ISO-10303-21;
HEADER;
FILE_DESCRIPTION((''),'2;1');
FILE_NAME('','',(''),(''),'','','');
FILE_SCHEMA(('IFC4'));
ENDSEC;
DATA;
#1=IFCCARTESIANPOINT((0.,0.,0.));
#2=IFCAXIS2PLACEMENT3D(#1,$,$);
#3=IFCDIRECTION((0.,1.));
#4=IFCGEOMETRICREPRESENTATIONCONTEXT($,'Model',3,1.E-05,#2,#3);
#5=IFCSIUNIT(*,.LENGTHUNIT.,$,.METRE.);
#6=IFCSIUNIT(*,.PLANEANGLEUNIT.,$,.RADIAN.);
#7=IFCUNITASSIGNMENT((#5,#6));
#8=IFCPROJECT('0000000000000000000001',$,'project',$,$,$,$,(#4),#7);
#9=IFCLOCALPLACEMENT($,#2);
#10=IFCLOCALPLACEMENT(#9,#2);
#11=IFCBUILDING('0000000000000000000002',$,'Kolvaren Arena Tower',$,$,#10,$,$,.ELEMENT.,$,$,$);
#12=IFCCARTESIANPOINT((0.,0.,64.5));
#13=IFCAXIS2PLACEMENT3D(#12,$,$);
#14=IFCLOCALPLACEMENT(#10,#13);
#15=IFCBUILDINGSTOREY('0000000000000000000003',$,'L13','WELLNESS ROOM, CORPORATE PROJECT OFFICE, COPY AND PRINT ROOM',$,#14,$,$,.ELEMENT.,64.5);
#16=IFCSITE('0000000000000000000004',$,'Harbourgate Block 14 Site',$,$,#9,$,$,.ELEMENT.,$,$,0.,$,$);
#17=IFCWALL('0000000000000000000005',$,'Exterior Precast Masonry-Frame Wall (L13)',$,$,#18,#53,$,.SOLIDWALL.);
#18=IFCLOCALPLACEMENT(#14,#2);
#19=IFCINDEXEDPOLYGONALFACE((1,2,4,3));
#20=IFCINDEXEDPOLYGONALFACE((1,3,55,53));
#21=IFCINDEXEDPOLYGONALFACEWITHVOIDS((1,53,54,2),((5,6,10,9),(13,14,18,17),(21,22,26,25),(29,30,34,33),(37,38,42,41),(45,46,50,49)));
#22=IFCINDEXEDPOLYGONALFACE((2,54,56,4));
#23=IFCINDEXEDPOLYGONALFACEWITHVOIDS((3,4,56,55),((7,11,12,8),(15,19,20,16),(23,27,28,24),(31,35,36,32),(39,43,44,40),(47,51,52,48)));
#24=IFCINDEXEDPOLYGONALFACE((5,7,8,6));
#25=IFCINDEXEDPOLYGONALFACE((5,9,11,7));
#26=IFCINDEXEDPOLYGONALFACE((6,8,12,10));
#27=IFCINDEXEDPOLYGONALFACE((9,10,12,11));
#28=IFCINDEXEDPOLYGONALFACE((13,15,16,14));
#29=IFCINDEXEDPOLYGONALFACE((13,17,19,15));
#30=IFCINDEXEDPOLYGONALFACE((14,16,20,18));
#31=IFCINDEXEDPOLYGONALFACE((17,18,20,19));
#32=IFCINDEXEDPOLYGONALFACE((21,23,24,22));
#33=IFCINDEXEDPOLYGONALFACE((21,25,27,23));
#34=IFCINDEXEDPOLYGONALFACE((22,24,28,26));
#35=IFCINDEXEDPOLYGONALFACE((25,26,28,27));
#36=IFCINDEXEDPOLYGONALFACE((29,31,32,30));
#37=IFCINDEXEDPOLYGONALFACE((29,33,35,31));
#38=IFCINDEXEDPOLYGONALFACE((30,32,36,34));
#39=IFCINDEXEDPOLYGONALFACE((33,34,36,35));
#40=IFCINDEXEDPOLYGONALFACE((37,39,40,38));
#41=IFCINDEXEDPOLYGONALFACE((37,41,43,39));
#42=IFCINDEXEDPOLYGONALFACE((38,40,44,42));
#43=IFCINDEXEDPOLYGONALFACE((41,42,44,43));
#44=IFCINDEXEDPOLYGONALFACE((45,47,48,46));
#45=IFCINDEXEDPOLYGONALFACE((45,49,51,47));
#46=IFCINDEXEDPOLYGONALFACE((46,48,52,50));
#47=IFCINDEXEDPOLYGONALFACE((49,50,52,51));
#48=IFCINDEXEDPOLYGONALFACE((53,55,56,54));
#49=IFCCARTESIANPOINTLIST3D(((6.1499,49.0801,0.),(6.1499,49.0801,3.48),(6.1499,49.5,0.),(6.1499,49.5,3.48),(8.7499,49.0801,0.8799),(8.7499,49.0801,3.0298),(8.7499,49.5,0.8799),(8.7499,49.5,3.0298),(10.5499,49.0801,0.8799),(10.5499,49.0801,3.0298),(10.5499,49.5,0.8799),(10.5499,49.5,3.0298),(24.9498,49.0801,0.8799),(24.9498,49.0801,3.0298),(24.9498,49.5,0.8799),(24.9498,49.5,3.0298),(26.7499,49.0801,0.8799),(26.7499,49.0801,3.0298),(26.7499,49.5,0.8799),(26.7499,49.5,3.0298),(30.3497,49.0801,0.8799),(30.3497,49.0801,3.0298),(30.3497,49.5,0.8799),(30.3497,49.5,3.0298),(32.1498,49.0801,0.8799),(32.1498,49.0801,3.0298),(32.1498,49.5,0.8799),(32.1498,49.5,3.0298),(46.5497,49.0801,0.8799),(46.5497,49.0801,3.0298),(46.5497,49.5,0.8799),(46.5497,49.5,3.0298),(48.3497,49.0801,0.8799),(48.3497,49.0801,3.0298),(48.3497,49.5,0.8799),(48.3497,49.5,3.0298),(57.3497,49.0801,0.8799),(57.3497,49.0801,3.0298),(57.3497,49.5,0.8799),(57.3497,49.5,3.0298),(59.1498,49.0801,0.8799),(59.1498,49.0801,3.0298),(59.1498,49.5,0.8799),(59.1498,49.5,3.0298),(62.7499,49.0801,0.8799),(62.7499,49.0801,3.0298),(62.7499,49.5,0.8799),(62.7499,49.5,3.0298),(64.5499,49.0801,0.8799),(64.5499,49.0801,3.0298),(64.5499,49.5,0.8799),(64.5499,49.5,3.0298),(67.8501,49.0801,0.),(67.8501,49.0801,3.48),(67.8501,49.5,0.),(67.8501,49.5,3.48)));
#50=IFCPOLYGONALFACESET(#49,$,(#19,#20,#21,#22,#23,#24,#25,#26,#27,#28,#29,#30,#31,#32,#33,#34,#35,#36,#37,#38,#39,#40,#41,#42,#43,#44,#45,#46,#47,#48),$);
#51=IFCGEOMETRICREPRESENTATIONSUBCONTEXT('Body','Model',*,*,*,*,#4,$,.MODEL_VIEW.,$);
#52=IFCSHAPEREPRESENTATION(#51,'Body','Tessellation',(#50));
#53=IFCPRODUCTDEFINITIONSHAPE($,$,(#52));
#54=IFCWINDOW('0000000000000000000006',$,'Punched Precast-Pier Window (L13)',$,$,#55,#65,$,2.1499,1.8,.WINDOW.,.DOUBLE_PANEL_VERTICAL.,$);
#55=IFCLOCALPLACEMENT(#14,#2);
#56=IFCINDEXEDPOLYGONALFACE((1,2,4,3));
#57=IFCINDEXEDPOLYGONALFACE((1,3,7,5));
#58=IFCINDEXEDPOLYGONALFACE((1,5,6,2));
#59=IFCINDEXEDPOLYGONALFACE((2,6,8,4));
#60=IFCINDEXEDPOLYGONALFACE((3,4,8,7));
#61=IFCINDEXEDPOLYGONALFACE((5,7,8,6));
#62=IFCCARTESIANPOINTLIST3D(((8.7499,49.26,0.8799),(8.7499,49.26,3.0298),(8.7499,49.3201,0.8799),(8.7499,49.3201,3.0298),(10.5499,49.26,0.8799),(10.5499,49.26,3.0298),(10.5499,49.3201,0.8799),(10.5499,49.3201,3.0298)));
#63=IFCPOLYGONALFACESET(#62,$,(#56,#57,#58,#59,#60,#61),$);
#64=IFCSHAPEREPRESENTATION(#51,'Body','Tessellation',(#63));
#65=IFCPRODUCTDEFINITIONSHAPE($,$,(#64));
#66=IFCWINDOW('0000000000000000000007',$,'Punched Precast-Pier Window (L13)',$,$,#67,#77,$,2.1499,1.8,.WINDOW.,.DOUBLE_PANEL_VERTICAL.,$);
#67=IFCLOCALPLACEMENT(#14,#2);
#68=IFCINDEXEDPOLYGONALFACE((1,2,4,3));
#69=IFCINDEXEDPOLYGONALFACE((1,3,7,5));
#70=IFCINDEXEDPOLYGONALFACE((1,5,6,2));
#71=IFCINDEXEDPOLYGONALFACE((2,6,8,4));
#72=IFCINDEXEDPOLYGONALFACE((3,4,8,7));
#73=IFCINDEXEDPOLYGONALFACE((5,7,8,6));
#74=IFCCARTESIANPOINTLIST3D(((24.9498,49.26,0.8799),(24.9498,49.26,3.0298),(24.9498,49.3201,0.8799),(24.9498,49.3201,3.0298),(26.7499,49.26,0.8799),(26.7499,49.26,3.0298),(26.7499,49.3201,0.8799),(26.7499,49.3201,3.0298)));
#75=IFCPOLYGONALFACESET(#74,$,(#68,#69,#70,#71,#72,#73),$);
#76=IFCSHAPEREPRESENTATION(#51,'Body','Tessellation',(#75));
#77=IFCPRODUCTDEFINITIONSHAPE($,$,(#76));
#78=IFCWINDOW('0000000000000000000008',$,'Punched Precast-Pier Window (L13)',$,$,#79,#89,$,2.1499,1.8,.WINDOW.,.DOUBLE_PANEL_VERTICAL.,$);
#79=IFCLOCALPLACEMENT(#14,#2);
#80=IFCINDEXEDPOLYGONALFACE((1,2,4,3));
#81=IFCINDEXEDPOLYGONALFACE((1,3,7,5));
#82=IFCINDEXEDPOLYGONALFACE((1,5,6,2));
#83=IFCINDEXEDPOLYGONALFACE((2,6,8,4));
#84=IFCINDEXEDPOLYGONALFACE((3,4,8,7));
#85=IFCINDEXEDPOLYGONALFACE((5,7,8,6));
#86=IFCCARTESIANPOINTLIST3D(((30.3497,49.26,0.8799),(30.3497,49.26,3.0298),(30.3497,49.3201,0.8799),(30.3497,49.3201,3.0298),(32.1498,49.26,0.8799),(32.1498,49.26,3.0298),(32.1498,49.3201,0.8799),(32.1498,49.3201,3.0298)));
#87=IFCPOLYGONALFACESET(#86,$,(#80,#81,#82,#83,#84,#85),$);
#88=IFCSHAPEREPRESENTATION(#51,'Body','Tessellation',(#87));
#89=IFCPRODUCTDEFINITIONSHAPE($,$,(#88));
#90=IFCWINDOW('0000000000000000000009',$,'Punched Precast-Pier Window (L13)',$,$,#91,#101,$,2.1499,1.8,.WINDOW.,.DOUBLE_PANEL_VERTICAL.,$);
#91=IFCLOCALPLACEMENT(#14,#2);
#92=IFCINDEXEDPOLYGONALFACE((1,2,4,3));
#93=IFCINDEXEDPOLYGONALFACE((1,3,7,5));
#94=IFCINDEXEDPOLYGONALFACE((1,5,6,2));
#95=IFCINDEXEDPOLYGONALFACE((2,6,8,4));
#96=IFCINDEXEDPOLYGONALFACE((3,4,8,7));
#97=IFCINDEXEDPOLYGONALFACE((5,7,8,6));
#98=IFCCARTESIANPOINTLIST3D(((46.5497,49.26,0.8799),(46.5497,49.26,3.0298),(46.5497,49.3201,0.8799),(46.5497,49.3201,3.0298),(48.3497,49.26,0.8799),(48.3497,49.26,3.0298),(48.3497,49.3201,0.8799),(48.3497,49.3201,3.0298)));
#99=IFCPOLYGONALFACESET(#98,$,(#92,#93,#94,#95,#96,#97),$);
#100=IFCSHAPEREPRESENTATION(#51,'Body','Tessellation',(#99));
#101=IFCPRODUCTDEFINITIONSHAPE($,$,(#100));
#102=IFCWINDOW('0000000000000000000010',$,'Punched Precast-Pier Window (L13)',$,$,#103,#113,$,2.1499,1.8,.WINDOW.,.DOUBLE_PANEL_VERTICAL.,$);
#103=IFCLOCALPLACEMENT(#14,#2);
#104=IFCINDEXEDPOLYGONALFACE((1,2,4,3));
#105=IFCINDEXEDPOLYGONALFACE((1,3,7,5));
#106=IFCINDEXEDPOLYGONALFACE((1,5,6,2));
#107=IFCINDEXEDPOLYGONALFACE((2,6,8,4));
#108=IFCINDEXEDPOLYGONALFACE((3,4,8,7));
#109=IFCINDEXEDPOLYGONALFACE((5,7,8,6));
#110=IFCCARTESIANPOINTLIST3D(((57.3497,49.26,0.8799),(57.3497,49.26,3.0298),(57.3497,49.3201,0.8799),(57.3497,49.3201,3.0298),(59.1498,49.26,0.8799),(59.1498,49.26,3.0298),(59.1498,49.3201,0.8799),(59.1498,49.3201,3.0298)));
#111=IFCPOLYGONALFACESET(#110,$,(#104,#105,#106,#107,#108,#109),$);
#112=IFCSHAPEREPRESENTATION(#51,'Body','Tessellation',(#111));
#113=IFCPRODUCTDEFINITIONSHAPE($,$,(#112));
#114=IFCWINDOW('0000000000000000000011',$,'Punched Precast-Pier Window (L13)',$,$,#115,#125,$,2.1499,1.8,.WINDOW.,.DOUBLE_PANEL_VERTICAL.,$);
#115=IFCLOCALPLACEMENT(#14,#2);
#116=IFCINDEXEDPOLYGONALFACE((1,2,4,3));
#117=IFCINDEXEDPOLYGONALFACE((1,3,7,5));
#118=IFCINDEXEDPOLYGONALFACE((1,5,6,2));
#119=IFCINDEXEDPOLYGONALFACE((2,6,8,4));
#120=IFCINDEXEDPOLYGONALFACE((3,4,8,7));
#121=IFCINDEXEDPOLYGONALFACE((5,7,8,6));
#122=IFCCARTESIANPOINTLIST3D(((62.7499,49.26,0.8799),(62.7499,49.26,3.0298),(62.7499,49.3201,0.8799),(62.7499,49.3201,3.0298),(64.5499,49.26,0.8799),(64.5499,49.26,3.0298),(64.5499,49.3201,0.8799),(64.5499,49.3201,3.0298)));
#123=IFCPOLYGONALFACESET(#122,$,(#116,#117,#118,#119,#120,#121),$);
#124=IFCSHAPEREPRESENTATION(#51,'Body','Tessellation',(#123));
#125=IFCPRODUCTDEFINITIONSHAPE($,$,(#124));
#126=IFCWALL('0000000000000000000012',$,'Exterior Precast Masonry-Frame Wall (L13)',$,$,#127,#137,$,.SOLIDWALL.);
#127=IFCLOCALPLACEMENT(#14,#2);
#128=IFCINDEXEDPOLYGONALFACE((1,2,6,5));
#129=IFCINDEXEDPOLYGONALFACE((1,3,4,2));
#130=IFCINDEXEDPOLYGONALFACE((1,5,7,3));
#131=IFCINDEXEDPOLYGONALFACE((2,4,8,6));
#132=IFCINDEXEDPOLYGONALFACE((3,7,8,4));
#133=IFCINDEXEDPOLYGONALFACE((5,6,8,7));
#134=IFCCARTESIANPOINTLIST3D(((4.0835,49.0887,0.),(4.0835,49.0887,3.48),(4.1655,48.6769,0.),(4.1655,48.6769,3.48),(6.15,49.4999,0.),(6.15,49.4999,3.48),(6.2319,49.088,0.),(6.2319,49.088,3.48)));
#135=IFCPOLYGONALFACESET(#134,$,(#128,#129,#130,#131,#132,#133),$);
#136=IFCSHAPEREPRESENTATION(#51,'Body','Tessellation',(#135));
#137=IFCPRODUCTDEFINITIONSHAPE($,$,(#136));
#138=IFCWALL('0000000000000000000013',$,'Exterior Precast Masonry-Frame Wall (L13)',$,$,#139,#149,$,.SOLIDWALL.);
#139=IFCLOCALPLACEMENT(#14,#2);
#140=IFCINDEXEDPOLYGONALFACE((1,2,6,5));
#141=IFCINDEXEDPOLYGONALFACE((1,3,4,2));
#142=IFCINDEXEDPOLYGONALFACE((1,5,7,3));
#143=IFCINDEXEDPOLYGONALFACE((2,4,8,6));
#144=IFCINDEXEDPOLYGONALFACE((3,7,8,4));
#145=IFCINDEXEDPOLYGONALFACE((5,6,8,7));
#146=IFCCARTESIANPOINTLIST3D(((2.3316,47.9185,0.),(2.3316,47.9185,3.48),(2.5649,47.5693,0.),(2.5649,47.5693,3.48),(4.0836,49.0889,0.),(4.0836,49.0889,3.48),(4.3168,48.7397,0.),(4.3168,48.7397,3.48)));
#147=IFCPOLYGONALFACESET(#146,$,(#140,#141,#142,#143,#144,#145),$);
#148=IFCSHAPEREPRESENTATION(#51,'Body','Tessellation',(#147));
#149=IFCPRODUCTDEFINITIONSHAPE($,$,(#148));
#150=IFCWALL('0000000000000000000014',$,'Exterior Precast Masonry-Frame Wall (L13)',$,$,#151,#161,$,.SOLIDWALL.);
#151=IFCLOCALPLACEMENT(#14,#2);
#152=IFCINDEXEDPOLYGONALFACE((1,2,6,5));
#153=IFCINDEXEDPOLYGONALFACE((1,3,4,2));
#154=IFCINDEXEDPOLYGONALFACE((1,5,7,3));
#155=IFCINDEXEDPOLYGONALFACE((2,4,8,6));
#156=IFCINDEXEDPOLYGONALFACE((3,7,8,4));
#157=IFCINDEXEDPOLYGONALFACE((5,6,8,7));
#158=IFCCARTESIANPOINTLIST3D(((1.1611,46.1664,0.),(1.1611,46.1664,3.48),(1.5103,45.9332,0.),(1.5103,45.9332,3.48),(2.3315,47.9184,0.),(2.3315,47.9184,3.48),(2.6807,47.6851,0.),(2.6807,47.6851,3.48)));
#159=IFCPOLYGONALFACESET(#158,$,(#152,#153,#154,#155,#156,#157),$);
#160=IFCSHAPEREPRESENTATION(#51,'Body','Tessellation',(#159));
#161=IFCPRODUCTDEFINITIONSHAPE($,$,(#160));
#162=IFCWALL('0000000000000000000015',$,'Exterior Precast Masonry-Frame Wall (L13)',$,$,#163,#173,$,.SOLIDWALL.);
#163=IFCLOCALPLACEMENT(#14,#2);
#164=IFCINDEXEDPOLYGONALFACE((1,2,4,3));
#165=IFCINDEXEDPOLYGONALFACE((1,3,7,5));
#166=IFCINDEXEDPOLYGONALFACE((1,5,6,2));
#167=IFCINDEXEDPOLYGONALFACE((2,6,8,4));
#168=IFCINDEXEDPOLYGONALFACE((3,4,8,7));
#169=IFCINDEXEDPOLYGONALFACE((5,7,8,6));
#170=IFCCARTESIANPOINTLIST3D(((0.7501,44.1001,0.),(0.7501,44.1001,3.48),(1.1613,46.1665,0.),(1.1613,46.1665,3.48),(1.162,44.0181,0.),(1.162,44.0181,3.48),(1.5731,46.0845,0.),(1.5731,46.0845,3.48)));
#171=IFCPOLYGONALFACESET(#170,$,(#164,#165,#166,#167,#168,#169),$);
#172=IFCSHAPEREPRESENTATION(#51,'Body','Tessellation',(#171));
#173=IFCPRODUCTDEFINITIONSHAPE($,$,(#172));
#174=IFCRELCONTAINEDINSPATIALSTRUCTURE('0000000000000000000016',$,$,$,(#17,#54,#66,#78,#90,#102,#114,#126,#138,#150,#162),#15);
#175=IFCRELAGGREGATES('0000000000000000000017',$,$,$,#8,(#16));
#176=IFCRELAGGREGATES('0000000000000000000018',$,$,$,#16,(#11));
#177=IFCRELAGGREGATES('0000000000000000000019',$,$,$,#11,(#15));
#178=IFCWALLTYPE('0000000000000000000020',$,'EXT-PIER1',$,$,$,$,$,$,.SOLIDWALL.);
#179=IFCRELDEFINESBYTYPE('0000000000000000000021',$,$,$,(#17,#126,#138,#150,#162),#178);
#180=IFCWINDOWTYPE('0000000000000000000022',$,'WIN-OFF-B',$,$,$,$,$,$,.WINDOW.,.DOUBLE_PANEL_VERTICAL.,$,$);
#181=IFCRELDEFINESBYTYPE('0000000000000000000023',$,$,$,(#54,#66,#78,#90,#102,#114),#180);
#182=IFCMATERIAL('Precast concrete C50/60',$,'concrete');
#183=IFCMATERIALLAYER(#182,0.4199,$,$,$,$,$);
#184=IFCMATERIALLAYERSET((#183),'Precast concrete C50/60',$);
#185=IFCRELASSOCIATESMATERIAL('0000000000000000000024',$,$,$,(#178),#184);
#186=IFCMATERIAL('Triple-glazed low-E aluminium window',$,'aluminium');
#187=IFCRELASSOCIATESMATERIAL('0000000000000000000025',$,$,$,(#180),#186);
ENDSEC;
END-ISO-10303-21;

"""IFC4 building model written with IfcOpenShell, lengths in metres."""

from ifc_helpers import new_model, si_unit, direction, frame, frame_2d, origin, place, context, subcontext, project, spatial, rectangle, extrude, material, layer, layer_set, type_object, element, fill, save


model = new_model("IFC4")

# Units and contexts
model_context = context("Model", 3, precision=1e-05, world=origin(), true_north=direction((0.0, 1.0)))
body_context = subcontext(model_context, "Body", "Model", "MODEL_VIEW")
ifc_project = project(units=[si_unit("LENGTHUNIT", "METRE"), si_unit("PLANEANGLEUNIT", "RADIAN")], contexts=[model_context])

# Site, building, storey
site_placement = place(None, origin())
site = spatial("IfcSite", under=ifc_project, at=site_placement, Name="Harbourgate Block 14 Site", CompositionType="ELEMENT", RefElevation=0.0)
building_placement = place(site_placement, origin())
building = spatial("IfcBuilding", under=site, at=building_placement, Name="Kolvaren Arena Tower", CompositionType="ELEMENT")
storey_placement = place(building_placement, frame((0.0, 0.0, 64.5)))
storey = spatial("IfcBuildingStorey", under=building, at=storey_placement, Name="L13", Description="WELLNESS ROOM, CORPORATE PROJECT OFFICE, COPY AND PRINT ROOM", CompositionType="ELEMENT", Elevation=64.5)

# Wall, openings, windows
ifc_material_1 = material(Name="Precast concrete C50/60", Category="concrete")
ifc_layer_1 = layer(ifc_material_1, 0.4199)
ifc_layer_set_1 = layer_set([ifc_layer_1], Name="Precast concrete C50/60")
wall_type_1 = type_object("IfcWallType", Name="EXT-PIER1", PredefinedType="SOLIDWALL", material=ifc_layer_set_1)
wall_1_placement = place(storey_placement, frame((6.1499, 49.29, 0.0), z_axis=(0.0, 0.0, 1.0), x_axis=(1.0, 0.0, 0.0)))
wall_1 = element("IfcWall", 1, at=wall_1_placement, inside=storey, type_object=wall_type_1, Name="Exterior Precast Masonry-Frame Wall (L13)", PredefinedType="SOLIDWALL", context=body_context, shape_type="SweptSolid", body=[
    extrude(rectangle(XDim=61.7002, YDim=0.4199, at=frame_2d((30.8501, 0.0))), origin(), (0.0, 0.0, 1.0), 3.48),
])
opening_1_placement = place(wall_1_placement, frame((2.6001, 0.0, 0.8799)))
opening_1 = element("IfcOpeningElement", 2, at=opening_1_placement, cuts=wall_1, PredefinedType="OPENING", context=body_context, shape_type="SweptSolid", body=[
    extrude(rectangle(XDim=1.8, YDim=2.1499, at=frame_2d((0.8999, 1.075))), frame((0.0, 0.22, 0.0), z_axis=(0.0, -1.0, 0.0), x_axis=(1.0, 0.0, 0.0)), (0.0, 0.0, 1.0), 0.4399),
])
opening_2_placement = place(wall_1_placement, frame((18.8, 0.0, 0.8799)))
opening_2 = element("IfcOpeningElement", 3, at=opening_2_placement, cuts=wall_1, PredefinedType="OPENING", context=body_context, shape_type="SweptSolid", body=[
    extrude(rectangle(XDim=1.8, YDim=2.1499, at=frame_2d((0.8999, 1.075))), frame((0.0, 0.22, 0.0), z_axis=(0.0, -1.0, 0.0), x_axis=(1.0, 0.0, 0.0)), (0.0, 0.0, 1.0), 0.4399),
])
opening_3_placement = place(wall_1_placement, frame((24.2, 0.0, 0.8799)))
opening_3 = element("IfcOpeningElement", 4, at=opening_3_placement, cuts=wall_1, PredefinedType="OPENING", context=body_context, shape_type="SweptSolid", body=[
    extrude(rectangle(XDim=1.8, YDim=2.1499, at=frame_2d((0.8999, 1.075))), frame((0.0, 0.22, 0.0), z_axis=(0.0, -1.0, 0.0), x_axis=(1.0, 0.0, 0.0)), (0.0, 0.0, 1.0), 0.4399),
])
opening_4_placement = place(wall_1_placement, frame((40.3999, 0.0, 0.8799)))
opening_4 = element("IfcOpeningElement", 5, at=opening_4_placement, cuts=wall_1, PredefinedType="OPENING", context=body_context, shape_type="SweptSolid", body=[
    extrude(rectangle(XDim=1.8, YDim=2.1499, at=frame_2d((0.8999, 1.075))), frame((0.0, 0.22, 0.0), z_axis=(0.0, -1.0, 0.0), x_axis=(1.0, 0.0, 0.0)), (0.0, 0.0, 1.0), 0.4399),
])
opening_5_placement = place(wall_1_placement, frame((51.2, 0.0, 0.8799)))
opening_5 = element("IfcOpeningElement", 6, at=opening_5_placement, cuts=wall_1, PredefinedType="OPENING", context=body_context, shape_type="SweptSolid", body=[
    extrude(rectangle(XDim=1.8, YDim=2.1499, at=frame_2d((0.8999, 1.075))), frame((0.0, 0.22, 0.0), z_axis=(0.0, -1.0, 0.0), x_axis=(1.0, 0.0, 0.0)), (0.0, 0.0, 1.0), 0.4399),
])
opening_6_placement = place(wall_1_placement, frame((56.6001, 0.0, 0.8799)))
opening_6 = element("IfcOpeningElement", 7, at=opening_6_placement, cuts=wall_1, PredefinedType="OPENING", context=body_context, shape_type="SweptSolid", body=[
    extrude(rectangle(XDim=1.8, YDim=2.1499, at=frame_2d((0.8999, 1.075))), frame((0.0, 0.22, 0.0), z_axis=(0.0, -1.0, 0.0), x_axis=(1.0, 0.0, 0.0)), (0.0, 0.0, 1.0), 0.4399),
])
ifc_material_2 = material(Name="Triple-glazed low-E aluminium window", Category="aluminium")
window_type = type_object("IfcWindowType", Name="WIN-OFF-B", PartitioningType="DOUBLE_PANEL_VERTICAL", PredefinedType="WINDOW", material=ifc_material_2)
window_1_placement = place(opening_1_placement, origin())
window_1 = element("IfcWindow", 8, at=window_1_placement, inside=storey, type_object=window_type, Name="Punched Precast-Pier Window (L13)", OverallHeight=2.1499, OverallWidth=1.8, PartitioningType="DOUBLE_PANEL_VERTICAL", PredefinedType="WINDOW", context=body_context, shape_type="SweptSolid", body=[
    extrude(rectangle(XDim=1.8, YDim=2.1499, at=frame_2d((0.8999, 1.075))), frame((0.0, 0.03, 0.0), z_axis=(0.0, -1.0, 0.0), x_axis=(1.0, 0.0, 0.0)), (0.0, 0.0, 1.0), 0.0601),
])
fill(opening_1, window_1)
window_2_placement = place(opening_2_placement, origin())
window_2 = element("IfcWindow", 9, at=window_2_placement, inside=storey, type_object=window_type, Name="Punched Precast-Pier Window (L13)", OverallHeight=2.1499, OverallWidth=1.8, PartitioningType="DOUBLE_PANEL_VERTICAL", PredefinedType="WINDOW", context=body_context, shape_type="SweptSolid", body=[
    extrude(rectangle(XDim=1.8, YDim=2.1499, at=frame_2d((0.8999, 1.075))), frame((0.0, 0.03, 0.0), z_axis=(0.0, -1.0, 0.0), x_axis=(1.0, 0.0, 0.0)), (0.0, 0.0, 1.0), 0.0601),
])
fill(opening_2, window_2)
window_3_placement = place(opening_3_placement, origin())
window_3 = element("IfcWindow", 10, at=window_3_placement, inside=storey, type_object=window_type, Name="Punched Precast-Pier Window (L13)", OverallHeight=2.1499, OverallWidth=1.8, PartitioningType="DOUBLE_PANEL_VERTICAL", PredefinedType="WINDOW", context=body_context, shape_type="SweptSolid", body=[
    extrude(rectangle(XDim=1.8, YDim=2.1499, at=frame_2d((0.8999, 1.075))), frame((0.0, 0.03, 0.0), z_axis=(0.0, -1.0, 0.0), x_axis=(1.0, 0.0, 0.0)), (0.0, 0.0, 1.0), 0.0601),
])
fill(opening_3, window_3)
window_4_placement = place(opening_4_placement, origin())
window_4 = element("IfcWindow", 11, at=window_4_placement, inside=storey, type_object=window_type, Name="Punched Precast-Pier Window (L13)", OverallHeight=2.1499, OverallWidth=1.8, PartitioningType="DOUBLE_PANEL_VERTICAL", PredefinedType="WINDOW", context=body_context, shape_type="SweptSolid", body=[
    extrude(rectangle(XDim=1.8, YDim=2.1499, at=frame_2d((0.8999, 1.075))), frame((0.0, 0.03, 0.0), z_axis=(0.0, -1.0, 0.0), x_axis=(1.0, 0.0, 0.0)), (0.0, 0.0, 1.0), 0.0601),
])
fill(opening_4, window_4)
window_5_placement = place(opening_5_placement, origin())
window_5 = element("IfcWindow", 12, at=window_5_placement, inside=storey, type_object=window_type, Name="Punched Precast-Pier Window (L13)", OverallHeight=2.1499, OverallWidth=1.8, PartitioningType="DOUBLE_PANEL_VERTICAL", PredefinedType="WINDOW", context=body_context, shape_type="SweptSolid", body=[
    extrude(rectangle(XDim=1.8, YDim=2.1499, at=frame_2d((0.8999, 1.075))), frame((0.0, 0.03, 0.0), z_axis=(0.0, -1.0, 0.0), x_axis=(1.0, 0.0, 0.0)), (0.0, 0.0, 1.0), 0.0601),
])
fill(opening_5, window_5)
window_6_placement = place(opening_6_placement, origin())
window_6 = element("IfcWindow", 13, at=window_6_placement, inside=storey, type_object=window_type, Name="Punched Precast-Pier Window (L13)", OverallHeight=2.1499, OverallWidth=1.8, PartitioningType="DOUBLE_PANEL_VERTICAL", PredefinedType="WINDOW", context=body_context, shape_type="SweptSolid", body=[
    extrude(rectangle(XDim=1.8, YDim=2.1499, at=frame_2d((0.8999, 1.075))), frame((0.0, 0.03, 0.0), z_axis=(0.0, -1.0, 0.0), x_axis=(1.0, 0.0, 0.0)), (0.0, 0.0, 1.0), 0.0601),
])
fill(opening_6, window_6)

# Walls
for number, where, z_axis, x_axis, name in (
    (14, (4.1245, 48.8828, 0.0), (0.0, 0.0, 1.0), (0.980776, 0.195136, 0.0), "Exterior Precast Masonry-Frame Wall (L13)"),
    (15, (2.4482, 47.7439, 0.0), (0.0, 0.0, 1.0), (0.831515, 0.555502, 0.0), "Exterior Precast Masonry-Frame Wall (L13)"),
    (16, (1.3357, 46.0498, 0.0), (0.0, 0.0, 1.0), (0.555502, 0.831515, 0.0), "Exterior Precast Masonry-Frame Wall (L13)"),
    (17, (0.9561, 44.0591, 0.0), (0.0, 0.0, 1.0), (0.195136, 0.980776, 0.0), "Exterior Precast Masonry-Frame Wall (L13)"),
):
    element("IfcWall", number, at=place(storey_placement, frame(where, z_axis=z_axis, x_axis=x_axis)), inside=storey, type_object=wall_type_1, Name=name, PredefinedType="SOLIDWALL", context=body_context, shape_type="SweptSolid", body=[
        extrude(rectangle(XDim=2.1069, YDim=0.4199, at=frame_2d((1.0535, 0.0))), origin(), (0.0, 0.0, 1.0), 3.48),
    ])

save(model, "model.ifc")
